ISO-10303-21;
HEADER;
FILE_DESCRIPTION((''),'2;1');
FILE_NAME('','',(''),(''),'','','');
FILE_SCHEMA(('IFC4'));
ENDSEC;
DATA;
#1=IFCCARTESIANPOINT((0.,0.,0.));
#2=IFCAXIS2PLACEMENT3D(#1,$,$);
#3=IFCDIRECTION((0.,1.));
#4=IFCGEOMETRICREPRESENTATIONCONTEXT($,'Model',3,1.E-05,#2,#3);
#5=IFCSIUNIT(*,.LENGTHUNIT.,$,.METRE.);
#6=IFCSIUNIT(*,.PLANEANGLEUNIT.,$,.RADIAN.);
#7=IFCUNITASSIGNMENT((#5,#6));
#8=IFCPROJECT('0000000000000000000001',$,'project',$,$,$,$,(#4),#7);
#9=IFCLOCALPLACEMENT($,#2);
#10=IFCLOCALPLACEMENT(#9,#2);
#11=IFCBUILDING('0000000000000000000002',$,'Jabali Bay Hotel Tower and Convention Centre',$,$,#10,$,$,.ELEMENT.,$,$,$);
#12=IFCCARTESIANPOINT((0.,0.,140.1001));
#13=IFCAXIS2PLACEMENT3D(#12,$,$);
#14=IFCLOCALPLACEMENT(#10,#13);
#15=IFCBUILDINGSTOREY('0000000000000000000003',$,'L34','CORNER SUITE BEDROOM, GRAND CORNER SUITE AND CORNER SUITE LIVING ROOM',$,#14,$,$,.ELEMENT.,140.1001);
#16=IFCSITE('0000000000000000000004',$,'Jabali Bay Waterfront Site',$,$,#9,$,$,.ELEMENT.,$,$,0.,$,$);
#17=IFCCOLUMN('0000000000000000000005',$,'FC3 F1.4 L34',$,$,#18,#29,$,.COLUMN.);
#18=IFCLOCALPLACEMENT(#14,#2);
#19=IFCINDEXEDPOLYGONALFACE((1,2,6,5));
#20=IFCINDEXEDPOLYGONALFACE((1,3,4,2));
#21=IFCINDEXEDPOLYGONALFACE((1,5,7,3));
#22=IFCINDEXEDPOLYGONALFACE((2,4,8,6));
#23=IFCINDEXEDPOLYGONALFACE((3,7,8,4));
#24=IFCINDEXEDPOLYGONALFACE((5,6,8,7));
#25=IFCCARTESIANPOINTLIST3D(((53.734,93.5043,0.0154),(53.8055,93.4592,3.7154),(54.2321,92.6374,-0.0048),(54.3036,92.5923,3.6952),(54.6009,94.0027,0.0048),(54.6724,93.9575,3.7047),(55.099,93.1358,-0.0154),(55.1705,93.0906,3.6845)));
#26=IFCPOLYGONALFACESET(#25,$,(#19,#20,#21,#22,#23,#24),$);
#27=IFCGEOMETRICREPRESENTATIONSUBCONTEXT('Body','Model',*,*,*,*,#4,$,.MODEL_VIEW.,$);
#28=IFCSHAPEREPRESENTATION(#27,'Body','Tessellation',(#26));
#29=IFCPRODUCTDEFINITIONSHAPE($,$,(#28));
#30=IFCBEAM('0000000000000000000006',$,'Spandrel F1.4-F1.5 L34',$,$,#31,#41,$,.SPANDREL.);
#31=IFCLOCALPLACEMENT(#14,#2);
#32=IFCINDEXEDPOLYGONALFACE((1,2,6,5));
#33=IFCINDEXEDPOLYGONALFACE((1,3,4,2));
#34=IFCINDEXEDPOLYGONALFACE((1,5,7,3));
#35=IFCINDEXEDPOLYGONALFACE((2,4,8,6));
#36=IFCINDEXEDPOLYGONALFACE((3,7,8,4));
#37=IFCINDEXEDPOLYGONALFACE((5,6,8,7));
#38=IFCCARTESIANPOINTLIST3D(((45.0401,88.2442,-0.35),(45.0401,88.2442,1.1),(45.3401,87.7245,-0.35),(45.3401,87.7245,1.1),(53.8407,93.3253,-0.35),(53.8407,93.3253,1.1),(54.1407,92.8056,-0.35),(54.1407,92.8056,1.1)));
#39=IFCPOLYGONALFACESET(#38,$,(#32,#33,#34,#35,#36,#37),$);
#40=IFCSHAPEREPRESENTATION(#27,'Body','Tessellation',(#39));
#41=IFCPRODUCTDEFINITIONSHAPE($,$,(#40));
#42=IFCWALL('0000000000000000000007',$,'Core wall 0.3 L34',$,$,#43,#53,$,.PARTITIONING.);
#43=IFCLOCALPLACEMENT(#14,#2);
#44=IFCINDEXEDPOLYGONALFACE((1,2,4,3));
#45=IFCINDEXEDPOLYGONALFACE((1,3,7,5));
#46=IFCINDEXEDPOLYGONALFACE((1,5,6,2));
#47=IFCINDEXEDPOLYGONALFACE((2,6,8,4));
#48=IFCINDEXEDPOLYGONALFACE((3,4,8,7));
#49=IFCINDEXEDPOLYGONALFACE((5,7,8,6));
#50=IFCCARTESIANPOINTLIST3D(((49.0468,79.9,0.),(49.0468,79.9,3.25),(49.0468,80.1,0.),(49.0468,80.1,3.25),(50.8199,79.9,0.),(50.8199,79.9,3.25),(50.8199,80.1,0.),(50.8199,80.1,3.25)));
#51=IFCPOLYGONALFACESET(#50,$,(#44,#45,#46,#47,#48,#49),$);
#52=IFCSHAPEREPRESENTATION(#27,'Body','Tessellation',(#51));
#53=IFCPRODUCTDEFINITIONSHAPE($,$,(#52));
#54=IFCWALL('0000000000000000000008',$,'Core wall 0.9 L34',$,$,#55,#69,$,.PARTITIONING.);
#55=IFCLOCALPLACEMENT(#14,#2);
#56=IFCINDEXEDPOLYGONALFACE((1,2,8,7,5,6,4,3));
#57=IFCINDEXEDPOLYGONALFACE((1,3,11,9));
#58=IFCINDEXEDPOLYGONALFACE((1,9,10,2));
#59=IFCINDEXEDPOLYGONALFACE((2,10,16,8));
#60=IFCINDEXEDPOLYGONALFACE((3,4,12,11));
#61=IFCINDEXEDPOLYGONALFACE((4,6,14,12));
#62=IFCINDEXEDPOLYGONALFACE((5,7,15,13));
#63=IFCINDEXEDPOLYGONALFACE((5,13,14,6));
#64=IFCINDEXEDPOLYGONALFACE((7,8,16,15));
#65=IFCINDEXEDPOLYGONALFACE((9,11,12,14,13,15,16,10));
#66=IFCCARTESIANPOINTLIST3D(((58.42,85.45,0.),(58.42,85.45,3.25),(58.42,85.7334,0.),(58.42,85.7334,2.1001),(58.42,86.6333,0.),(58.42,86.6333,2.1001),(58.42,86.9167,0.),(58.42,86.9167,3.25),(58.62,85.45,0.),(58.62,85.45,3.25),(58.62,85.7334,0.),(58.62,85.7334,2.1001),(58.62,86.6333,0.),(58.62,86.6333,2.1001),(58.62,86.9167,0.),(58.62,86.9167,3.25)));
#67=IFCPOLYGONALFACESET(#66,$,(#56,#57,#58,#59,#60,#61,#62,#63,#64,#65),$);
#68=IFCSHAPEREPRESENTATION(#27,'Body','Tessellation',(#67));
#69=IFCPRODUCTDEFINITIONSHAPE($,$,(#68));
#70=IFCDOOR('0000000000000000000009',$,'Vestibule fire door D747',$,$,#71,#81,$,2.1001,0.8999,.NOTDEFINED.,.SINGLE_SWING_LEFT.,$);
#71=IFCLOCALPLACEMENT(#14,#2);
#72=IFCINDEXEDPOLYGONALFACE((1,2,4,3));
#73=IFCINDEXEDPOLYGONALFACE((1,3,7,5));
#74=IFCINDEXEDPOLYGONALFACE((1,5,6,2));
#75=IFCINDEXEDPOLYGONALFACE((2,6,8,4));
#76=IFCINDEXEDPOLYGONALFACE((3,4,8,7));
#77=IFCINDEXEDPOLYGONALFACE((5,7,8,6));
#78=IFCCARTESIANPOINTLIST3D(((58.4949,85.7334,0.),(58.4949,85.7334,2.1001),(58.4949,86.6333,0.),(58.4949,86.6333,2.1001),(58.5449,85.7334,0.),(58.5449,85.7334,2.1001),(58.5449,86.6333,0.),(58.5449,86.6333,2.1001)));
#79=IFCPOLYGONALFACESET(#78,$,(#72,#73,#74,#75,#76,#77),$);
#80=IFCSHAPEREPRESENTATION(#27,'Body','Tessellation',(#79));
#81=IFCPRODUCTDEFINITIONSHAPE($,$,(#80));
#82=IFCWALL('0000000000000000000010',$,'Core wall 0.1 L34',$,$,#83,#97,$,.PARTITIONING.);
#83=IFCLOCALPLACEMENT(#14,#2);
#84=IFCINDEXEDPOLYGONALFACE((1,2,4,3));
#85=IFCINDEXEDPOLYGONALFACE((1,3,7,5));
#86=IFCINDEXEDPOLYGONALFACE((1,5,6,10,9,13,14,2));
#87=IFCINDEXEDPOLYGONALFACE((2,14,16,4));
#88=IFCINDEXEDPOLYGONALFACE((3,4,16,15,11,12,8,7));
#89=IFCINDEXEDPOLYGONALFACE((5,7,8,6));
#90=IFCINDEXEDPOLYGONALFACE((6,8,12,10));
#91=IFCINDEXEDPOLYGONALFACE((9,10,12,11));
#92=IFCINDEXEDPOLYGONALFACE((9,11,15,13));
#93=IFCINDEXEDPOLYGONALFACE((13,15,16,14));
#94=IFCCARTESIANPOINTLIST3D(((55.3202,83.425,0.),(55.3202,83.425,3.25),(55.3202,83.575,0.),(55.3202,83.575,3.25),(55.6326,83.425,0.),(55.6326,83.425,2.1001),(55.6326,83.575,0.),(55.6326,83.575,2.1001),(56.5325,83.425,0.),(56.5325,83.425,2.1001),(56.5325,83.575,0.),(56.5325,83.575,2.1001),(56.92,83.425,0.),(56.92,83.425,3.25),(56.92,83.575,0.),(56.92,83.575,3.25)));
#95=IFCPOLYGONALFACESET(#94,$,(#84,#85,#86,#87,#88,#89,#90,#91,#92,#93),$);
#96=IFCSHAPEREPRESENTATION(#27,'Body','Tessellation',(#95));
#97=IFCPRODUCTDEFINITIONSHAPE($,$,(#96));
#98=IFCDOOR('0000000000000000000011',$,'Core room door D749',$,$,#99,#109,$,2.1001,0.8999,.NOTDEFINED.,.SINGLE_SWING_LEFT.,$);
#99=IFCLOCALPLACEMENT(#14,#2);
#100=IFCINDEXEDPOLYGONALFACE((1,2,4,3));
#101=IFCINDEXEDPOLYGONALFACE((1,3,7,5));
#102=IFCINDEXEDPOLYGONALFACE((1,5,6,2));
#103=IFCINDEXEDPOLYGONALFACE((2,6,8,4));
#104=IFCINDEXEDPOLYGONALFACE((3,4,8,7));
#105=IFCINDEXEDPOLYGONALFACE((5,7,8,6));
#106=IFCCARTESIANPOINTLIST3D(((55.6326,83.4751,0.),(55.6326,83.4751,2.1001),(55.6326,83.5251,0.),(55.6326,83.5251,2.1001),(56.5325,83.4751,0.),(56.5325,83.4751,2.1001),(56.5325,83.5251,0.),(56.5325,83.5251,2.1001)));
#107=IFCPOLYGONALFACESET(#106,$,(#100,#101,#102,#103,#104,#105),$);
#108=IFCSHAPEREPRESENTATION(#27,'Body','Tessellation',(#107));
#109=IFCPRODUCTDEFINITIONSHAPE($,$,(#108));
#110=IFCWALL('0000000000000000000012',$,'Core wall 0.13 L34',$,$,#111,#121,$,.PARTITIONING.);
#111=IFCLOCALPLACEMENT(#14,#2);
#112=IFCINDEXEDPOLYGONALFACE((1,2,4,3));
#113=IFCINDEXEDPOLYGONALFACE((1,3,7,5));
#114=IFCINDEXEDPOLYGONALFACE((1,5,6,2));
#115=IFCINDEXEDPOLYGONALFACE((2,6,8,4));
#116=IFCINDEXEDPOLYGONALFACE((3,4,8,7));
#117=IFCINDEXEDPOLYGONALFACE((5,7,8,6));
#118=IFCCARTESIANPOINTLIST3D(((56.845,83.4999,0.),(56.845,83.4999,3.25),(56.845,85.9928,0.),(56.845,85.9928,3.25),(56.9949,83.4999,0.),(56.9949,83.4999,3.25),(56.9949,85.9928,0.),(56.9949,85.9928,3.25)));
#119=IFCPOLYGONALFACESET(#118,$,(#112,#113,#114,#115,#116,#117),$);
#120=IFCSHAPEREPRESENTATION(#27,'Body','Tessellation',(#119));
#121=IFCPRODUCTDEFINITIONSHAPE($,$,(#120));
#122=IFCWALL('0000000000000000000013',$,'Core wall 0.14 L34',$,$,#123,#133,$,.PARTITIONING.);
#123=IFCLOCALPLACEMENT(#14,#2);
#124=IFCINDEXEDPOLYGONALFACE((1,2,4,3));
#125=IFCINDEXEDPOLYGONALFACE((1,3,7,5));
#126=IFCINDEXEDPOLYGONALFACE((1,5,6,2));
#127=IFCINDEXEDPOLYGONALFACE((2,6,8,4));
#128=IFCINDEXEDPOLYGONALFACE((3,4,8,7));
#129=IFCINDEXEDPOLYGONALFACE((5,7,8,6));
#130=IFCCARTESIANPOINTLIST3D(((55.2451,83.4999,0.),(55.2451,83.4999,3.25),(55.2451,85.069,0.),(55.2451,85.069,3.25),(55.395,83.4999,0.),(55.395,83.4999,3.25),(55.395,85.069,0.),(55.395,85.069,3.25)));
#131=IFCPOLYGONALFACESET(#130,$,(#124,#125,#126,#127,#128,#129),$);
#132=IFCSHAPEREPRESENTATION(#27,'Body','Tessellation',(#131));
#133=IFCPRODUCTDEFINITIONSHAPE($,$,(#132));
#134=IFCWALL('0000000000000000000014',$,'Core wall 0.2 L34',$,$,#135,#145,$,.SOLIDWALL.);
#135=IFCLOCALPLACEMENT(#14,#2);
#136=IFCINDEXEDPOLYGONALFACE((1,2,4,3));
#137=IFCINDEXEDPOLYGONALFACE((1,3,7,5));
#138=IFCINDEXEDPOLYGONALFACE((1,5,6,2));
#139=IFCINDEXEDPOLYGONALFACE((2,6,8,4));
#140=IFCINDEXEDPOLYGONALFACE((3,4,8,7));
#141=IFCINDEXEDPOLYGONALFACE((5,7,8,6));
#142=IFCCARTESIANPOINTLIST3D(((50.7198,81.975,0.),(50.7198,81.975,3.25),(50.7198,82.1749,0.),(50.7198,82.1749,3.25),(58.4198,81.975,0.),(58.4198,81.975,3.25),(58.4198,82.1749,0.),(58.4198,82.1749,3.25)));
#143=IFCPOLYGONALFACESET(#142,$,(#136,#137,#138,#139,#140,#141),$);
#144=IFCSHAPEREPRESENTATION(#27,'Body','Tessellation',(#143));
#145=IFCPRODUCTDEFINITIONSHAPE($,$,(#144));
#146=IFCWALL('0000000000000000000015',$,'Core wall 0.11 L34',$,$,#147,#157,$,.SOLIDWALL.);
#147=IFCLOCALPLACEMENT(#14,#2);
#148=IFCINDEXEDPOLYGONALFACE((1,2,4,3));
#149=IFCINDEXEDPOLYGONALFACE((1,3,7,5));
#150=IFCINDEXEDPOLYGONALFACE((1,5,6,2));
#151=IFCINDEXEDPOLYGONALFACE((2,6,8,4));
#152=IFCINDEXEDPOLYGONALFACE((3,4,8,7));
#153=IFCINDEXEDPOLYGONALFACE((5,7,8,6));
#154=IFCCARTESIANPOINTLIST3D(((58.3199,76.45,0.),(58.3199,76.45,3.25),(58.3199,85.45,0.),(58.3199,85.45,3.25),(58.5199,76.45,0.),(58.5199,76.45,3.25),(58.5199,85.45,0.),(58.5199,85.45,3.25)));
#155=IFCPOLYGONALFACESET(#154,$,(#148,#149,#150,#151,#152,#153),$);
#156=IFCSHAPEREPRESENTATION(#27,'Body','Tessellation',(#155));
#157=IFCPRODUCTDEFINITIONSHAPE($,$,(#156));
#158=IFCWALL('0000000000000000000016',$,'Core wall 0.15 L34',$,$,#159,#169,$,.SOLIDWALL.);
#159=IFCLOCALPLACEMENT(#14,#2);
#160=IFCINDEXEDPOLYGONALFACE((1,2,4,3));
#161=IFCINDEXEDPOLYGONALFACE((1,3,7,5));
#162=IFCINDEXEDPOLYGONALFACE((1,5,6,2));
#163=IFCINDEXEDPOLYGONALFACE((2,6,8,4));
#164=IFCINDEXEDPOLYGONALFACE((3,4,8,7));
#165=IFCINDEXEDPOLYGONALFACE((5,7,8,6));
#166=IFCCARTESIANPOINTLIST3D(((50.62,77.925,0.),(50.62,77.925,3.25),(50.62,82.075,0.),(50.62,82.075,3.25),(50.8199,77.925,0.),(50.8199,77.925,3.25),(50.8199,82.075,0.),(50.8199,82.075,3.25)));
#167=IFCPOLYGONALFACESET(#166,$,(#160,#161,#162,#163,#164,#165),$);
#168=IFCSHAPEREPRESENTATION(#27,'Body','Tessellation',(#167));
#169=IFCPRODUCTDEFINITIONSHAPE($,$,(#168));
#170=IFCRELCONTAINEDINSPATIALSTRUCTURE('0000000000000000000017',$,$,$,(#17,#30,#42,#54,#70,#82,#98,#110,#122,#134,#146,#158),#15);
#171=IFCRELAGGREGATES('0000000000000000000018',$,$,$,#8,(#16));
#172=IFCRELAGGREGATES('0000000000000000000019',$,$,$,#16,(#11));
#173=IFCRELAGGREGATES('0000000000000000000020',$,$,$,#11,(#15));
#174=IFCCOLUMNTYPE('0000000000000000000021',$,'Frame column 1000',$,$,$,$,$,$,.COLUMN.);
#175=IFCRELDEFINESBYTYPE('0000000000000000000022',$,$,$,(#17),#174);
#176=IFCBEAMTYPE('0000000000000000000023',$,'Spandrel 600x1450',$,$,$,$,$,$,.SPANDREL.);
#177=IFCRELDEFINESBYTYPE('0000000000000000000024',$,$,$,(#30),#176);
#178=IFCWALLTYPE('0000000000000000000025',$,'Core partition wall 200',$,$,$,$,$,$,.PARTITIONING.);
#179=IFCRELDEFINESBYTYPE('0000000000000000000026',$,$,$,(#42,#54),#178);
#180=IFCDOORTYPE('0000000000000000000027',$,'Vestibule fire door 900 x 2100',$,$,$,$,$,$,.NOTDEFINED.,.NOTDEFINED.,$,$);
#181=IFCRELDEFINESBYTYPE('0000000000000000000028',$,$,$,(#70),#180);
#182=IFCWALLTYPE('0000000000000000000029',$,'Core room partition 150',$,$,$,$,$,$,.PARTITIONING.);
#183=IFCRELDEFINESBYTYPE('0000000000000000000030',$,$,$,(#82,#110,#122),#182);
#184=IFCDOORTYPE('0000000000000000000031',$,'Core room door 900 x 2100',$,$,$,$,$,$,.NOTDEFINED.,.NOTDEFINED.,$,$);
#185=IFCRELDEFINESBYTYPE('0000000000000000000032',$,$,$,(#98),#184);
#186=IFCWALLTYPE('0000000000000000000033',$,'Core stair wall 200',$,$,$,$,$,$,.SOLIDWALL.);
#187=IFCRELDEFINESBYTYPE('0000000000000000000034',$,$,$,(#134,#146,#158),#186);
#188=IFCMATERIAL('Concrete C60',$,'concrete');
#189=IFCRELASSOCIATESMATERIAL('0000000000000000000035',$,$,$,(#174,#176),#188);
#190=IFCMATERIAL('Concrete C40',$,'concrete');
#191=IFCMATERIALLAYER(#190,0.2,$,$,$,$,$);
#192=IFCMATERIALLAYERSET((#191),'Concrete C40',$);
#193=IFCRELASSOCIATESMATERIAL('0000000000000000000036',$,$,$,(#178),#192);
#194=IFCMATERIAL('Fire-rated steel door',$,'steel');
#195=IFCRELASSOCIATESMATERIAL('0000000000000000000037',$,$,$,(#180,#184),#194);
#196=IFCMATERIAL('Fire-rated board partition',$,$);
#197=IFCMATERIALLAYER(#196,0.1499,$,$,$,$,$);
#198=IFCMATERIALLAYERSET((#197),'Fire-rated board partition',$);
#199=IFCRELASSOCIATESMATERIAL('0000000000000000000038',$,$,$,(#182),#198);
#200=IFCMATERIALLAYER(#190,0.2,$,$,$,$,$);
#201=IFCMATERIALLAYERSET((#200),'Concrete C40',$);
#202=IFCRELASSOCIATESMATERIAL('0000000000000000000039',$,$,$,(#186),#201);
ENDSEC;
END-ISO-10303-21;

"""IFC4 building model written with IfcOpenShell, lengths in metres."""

from ifc_helpers import new_model, si_unit, direction, frame, frame_2d, origin, origin_2d, place, context, subcontext, project, spatial, rectangle, extrude, material, layer, layer_set, material_profile, profile_set, type_object, element, fill, save


model = new_model("IFC4")

# Units and contexts
model_context = context("Model", 3, precision=1e-05, world=origin(), true_north=direction((0.0, 1.0)))
body_context = subcontext(model_context, "Body", "Model", "MODEL_VIEW")
ifc_project = project(units=[si_unit("LENGTHUNIT", "METRE"), si_unit("PLANEANGLEUNIT", "RADIAN")], contexts=[model_context])

# Site, building, storey
site_placement = place(None, origin())
site = spatial("IfcSite", under=ifc_project, at=site_placement, Name="Jabali Bay Waterfront Site", CompositionType="ELEMENT", RefElevation=0.0)
building_placement = place(site_placement, origin())
building = spatial("IfcBuilding", under=site, at=building_placement, Name="Jabali Bay Hotel Tower and Convention Centre", CompositionType="ELEMENT")
storey_placement = place(building_placement, frame((0.0, 0.0, 140.1001)))
storey = spatial("IfcBuildingStorey", under=building, at=storey_placement, Name="L34", Description="CORNER SUITE BEDROOM, GRAND CORNER SUITE AND CORNER SUITE LIVING ROOM", CompositionType="ELEMENT", Elevation=140.1001)

# Column
ifc_material_1 = material(Name="Concrete C60", Category="concrete")
ifc_material_profile_1 = material_profile(ifc_material_1, rectangle(XDim=1.0, YDim=1.0, at=origin_2d()), Name="Frame column 1000")
ifc_profile_set_1 = profile_set([ifc_material_profile_1], Name="Concrete C60")
column_type = type_object("IfcColumnType", Name="Frame column 1000", PredefinedType="COLUMN", material=ifc_profile_set_1)
column_placement = place(storey_placement, frame((54.4165, 93.3201, 0.0), z_axis=(0.019329, -0.012204, 0.999739), x_axis=(-0.498097, 0.866886, 0.020212)))
element("IfcColumn", 1, at=column_placement, inside=storey, type_object=column_type, Name="FC3 F1.4 L34", PredefinedType="COLUMN", context=body_context, shape_type="SweptSolid", body=[
    extrude(rectangle(XDim=1.0, YDim=1.0, at=origin_2d()), origin(), (0.0, 0.0, 1.0), 3.7009),
])

# Beam
ifc_material_profile_2 = material_profile(ifc_material_1, rectangle(XDim=0.6001, YDim=1.45, at=origin_2d()), Name="Spandrel 600x1450")
ifc_profile_set_2 = profile_set([ifc_material_profile_2], Name="Concrete C60")
beam_type = type_object("IfcBeamType", Name="Spandrel 600x1450", PredefinedType="SPANDREL", material=ifc_profile_set_2)
beam_placement = place(storey_placement, frame((53.9907, 93.0654, 0.375), z_axis=(-0.866023, -0.500005, 0.0), x_axis=(0.500005, -0.866023, 0.0)))
element("IfcBeam", 2, at=beam_placement, inside=storey, type_object=beam_type, Name="Spandrel F1.4-F1.5 L34", PredefinedType="SPANDREL", context=body_context, shape_type="SweptSolid", body=[
    extrude(rectangle(XDim=0.6001, YDim=1.45, at=origin_2d()), origin(), (0.0, 0.0, 1.0), 10.1621),
])

# Wall
ifc_material_2 = material(Name="Concrete C40", Category="concrete")
ifc_layer_1 = layer(ifc_material_2, 0.2)
ifc_layer_set_1 = layer_set([ifc_layer_1], Name="Concrete C40")
wall_type_1 = type_object("IfcWallType", Name="Core partition wall 200", PredefinedType="PARTITIONING", material=ifc_layer_set_1)
wall_1_placement = place(storey_placement, frame((50.8201, 80.0, 0.0), z_axis=(0.0, 0.0, 1.0), x_axis=(-1.0, 0.0, 0.0)))
element("IfcWall", 3, at=wall_1_placement, inside=storey, type_object=wall_type_1, Name="Core wall 0.3 L34", PredefinedType="PARTITIONING", context=body_context, shape_type="SweptSolid", body=[
    extrude(rectangle(XDim=1.7732, YDim=0.2, at=frame_2d((0.8867, 0.0))), origin(), (0.0, 0.0, 1.0), 3.25),
])

# Walls, openings, doors
wall_2_placement = place(storey_placement, frame((58.52, 86.9167, 0.0), z_axis=(0.0, 0.0, 1.0), x_axis=(0.0, -1.0, 0.0)))
wall_2 = element("IfcWall", 4, at=wall_2_placement, inside=storey, type_object=wall_type_1, Name="Core wall 0.9 L34", PredefinedType="PARTITIONING", context=body_context, shape_type="SweptSolid", body=[
    extrude(rectangle(XDim=1.4668, YDim=0.2, at=frame_2d((0.7334, 0.0))), origin(), (0.0, 0.0, 1.0), 3.25),
])
opening_1_placement = place(wall_2_placement, frame((0.2834, 0.0, 0.0)))
opening_1 = element("IfcOpeningElement", 5, at=opening_1_placement, cuts=wall_2, PredefinedType="OPENING", context=body_context, shape_type="SweptSolid", body=[
    extrude(rectangle(XDim=0.8999, YDim=2.1001, at=frame_2d((0.45, 1.05))), frame((0.0, 0.1104, 0.0), z_axis=(0.0, -1.0, 0.0), x_axis=(1.0, 0.0, 0.0)), (0.0, 0.0, 1.0), 0.2209),
])
ifc_material_3 = material(Name="Fire-rated steel door", Category="steel")
door_type_1 = type_object("IfcDoorType", Name="Vestibule fire door 900 x 2100", OperationType="NOTDEFINED", PredefinedType="NOTDEFINED", material=ifc_material_3)
door_1_placement = place(opening_1_placement, origin())
door_1 = element("IfcDoor", 6, at=door_1_placement, inside=storey, type_object=door_type_1, Name="Vestibule fire door D747", OperationType="SINGLE_SWING_LEFT", OverallHeight=2.1001, OverallWidth=0.8999, PredefinedType="NOTDEFINED", context=body_context, shape_type="SweptSolid", body=[
    extrude(rectangle(XDim=0.8999, YDim=2.1001, at=frame_2d((0.45, 1.05))), frame((0.0, 0.0249, 0.0), z_axis=(0.0, -1.0, 0.0), x_axis=(1.0, 0.0, 0.0)), (0.0, 0.0, 1.0), 0.05),
])
fill(opening_1, door_1)
ifc_material_4 = material(Name="Fire-rated board partition")
ifc_layer_2 = layer(ifc_material_4, 0.1499)
ifc_layer_set_2 = layer_set([ifc_layer_2], Name="Fire-rated board partition")
wall_type_2 = type_object("IfcWallType", Name="Core room partition 150", PredefinedType="PARTITIONING", material=ifc_layer_set_2)
wall_3_placement = place(storey_placement, frame((56.9199, 83.5, 0.0), z_axis=(0.0, 0.0, 1.0), x_axis=(-1.0, 0.0, 0.0)))
wall_3 = element("IfcWall", 7, at=wall_3_placement, inside=storey, type_object=wall_type_2, Name="Core wall 0.1 L34", PredefinedType="PARTITIONING", context=body_context, shape_type="SweptSolid", body=[
    extrude(rectangle(XDim=1.5999, YDim=0.1499, at=frame_2d((0.7998, 0.0))), origin(), (0.0, 0.0, 1.0), 3.25),
])
opening_2_placement = place(wall_3_placement, frame((0.3875, 0.0, 0.0)))
opening_2 = element("IfcOpeningElement", 8, at=opening_2_placement, cuts=wall_3, PredefinedType="OPENING", context=body_context, shape_type="SweptSolid", body=[
    extrude(rectangle(XDim=0.8999, YDim=2.1001, at=frame_2d((0.45, 1.05))), frame((0.0, 0.0854, 0.0), z_axis=(0.0, -1.0, 0.0), x_axis=(1.0, 0.0, 0.0)), (0.0, 0.0, 1.0), 0.1709),
])
door_type_2 = type_object("IfcDoorType", Name="Core room door 900 x 2100", OperationType="NOTDEFINED", PredefinedType="NOTDEFINED", material=ifc_material_3)
door_2_placement = place(opening_2_placement, origin())
door_2 = element("IfcDoor", 9, at=door_2_placement, inside=storey, type_object=door_type_2, Name="Core room door D749", OperationType="SINGLE_SWING_LEFT", OverallHeight=2.1001, OverallWidth=0.8999, PredefinedType="NOTDEFINED", context=body_context, shape_type="SweptSolid", body=[
    extrude(rectangle(XDim=0.8999, YDim=2.1001, at=frame_2d((0.45, 1.05))), frame((0.0, 0.0249, 0.0), z_axis=(0.0, -1.0, 0.0), x_axis=(1.0, 0.0, 0.0)), (0.0, 0.0, 1.0), 0.05),
])
fill(opening_2, door_2)

# Walls
wall_4_placement = place(storey_placement, frame((56.9199, 85.9929, 0.0), z_axis=(0.0, 0.0, 1.0), x_axis=(0.0, -1.0, 0.0)))
element("IfcWall", 10, at=wall_4_placement, inside=storey, type_object=wall_type_2, Name="Core wall 0.13 L34", PredefinedType="PARTITIONING", context=body_context, shape_type="SweptSolid", body=[
    extrude(rectangle(XDim=2.4929, YDim=0.1499, at=frame_2d((1.2466, 0.0))), origin(), (0.0, 0.0, 1.0), 3.25),
])
wall_5_placement = place(storey_placement, frame((55.3201, 85.0691, 0.0), z_axis=(0.0, 0.0, 1.0), x_axis=(0.0, -1.0, 0.0)))
element("IfcWall", 11, at=wall_5_placement, inside=storey, type_object=wall_type_2, Name="Core wall 0.14 L34", PredefinedType="PARTITIONING", context=body_context, shape_type="SweptSolid", body=[
    extrude(rectangle(XDim=1.5691, YDim=0.1499, at=frame_2d((0.7847, 0.0))), origin(), (0.0, 0.0, 1.0), 3.25),
])
ifc_layer_3 = layer(ifc_material_2, 0.2)
ifc_layer_set_3 = layer_set([ifc_layer_3], Name="Concrete C40")
wall_type_3 = type_object("IfcWallType", Name="Core stair wall 200", PredefinedType="SOLIDWALL", material=ifc_layer_set_3)
wall_6_placement = place(storey_placement, frame((58.4199, 82.075, 0.0), z_axis=(0.0, 0.0, 1.0), x_axis=(-1.0, 0.0, 0.0)))
element("IfcWall", 12, at=wall_6_placement, inside=storey, type_object=wall_type_3, Name="Core wall 0.2 L34", PredefinedType="SOLIDWALL", context=body_context, shape_type="SweptSolid", body=[
    extrude(rectangle(XDim=7.7, YDim=0.2, at=frame_2d((3.8501, 0.0))), origin(), (0.0, 0.0, 1.0), 3.25),
])
wall_7_placement = place(storey_placement, frame((58.4199, 85.45, 0.0), z_axis=(0.0, 0.0, 1.0), x_axis=(0.0, -1.0, 0.0)))
element("IfcWall", 13, at=wall_7_placement, inside=storey, type_object=wall_type_3, Name="Core wall 0.11 L34", PredefinedType="SOLIDWALL", context=body_context, shape_type="SweptSolid", body=[
    extrude(rectangle(XDim=9.0, YDim=0.2, at=frame_2d((4.5, 0.0))), origin(), (0.0, 0.0, 1.0), 3.25),
])
wall_8_placement = place(storey_placement, frame((50.72, 82.075, 0.0), z_axis=(0.0, 0.0, 1.0), x_axis=(0.0, -1.0, 0.0)))
element("IfcWall", 14, at=wall_8_placement, inside=storey, type_object=wall_type_3, Name="Core wall 0.15 L34", PredefinedType="SOLIDWALL", context=body_context, shape_type="SweptSolid", body=[
    extrude(rectangle(XDim=4.1499, YDim=0.2, at=frame_2d((2.075, 0.0))), origin(), (0.0, 0.0, 1.0), 3.25),
])

save(model, "model.ifc")
